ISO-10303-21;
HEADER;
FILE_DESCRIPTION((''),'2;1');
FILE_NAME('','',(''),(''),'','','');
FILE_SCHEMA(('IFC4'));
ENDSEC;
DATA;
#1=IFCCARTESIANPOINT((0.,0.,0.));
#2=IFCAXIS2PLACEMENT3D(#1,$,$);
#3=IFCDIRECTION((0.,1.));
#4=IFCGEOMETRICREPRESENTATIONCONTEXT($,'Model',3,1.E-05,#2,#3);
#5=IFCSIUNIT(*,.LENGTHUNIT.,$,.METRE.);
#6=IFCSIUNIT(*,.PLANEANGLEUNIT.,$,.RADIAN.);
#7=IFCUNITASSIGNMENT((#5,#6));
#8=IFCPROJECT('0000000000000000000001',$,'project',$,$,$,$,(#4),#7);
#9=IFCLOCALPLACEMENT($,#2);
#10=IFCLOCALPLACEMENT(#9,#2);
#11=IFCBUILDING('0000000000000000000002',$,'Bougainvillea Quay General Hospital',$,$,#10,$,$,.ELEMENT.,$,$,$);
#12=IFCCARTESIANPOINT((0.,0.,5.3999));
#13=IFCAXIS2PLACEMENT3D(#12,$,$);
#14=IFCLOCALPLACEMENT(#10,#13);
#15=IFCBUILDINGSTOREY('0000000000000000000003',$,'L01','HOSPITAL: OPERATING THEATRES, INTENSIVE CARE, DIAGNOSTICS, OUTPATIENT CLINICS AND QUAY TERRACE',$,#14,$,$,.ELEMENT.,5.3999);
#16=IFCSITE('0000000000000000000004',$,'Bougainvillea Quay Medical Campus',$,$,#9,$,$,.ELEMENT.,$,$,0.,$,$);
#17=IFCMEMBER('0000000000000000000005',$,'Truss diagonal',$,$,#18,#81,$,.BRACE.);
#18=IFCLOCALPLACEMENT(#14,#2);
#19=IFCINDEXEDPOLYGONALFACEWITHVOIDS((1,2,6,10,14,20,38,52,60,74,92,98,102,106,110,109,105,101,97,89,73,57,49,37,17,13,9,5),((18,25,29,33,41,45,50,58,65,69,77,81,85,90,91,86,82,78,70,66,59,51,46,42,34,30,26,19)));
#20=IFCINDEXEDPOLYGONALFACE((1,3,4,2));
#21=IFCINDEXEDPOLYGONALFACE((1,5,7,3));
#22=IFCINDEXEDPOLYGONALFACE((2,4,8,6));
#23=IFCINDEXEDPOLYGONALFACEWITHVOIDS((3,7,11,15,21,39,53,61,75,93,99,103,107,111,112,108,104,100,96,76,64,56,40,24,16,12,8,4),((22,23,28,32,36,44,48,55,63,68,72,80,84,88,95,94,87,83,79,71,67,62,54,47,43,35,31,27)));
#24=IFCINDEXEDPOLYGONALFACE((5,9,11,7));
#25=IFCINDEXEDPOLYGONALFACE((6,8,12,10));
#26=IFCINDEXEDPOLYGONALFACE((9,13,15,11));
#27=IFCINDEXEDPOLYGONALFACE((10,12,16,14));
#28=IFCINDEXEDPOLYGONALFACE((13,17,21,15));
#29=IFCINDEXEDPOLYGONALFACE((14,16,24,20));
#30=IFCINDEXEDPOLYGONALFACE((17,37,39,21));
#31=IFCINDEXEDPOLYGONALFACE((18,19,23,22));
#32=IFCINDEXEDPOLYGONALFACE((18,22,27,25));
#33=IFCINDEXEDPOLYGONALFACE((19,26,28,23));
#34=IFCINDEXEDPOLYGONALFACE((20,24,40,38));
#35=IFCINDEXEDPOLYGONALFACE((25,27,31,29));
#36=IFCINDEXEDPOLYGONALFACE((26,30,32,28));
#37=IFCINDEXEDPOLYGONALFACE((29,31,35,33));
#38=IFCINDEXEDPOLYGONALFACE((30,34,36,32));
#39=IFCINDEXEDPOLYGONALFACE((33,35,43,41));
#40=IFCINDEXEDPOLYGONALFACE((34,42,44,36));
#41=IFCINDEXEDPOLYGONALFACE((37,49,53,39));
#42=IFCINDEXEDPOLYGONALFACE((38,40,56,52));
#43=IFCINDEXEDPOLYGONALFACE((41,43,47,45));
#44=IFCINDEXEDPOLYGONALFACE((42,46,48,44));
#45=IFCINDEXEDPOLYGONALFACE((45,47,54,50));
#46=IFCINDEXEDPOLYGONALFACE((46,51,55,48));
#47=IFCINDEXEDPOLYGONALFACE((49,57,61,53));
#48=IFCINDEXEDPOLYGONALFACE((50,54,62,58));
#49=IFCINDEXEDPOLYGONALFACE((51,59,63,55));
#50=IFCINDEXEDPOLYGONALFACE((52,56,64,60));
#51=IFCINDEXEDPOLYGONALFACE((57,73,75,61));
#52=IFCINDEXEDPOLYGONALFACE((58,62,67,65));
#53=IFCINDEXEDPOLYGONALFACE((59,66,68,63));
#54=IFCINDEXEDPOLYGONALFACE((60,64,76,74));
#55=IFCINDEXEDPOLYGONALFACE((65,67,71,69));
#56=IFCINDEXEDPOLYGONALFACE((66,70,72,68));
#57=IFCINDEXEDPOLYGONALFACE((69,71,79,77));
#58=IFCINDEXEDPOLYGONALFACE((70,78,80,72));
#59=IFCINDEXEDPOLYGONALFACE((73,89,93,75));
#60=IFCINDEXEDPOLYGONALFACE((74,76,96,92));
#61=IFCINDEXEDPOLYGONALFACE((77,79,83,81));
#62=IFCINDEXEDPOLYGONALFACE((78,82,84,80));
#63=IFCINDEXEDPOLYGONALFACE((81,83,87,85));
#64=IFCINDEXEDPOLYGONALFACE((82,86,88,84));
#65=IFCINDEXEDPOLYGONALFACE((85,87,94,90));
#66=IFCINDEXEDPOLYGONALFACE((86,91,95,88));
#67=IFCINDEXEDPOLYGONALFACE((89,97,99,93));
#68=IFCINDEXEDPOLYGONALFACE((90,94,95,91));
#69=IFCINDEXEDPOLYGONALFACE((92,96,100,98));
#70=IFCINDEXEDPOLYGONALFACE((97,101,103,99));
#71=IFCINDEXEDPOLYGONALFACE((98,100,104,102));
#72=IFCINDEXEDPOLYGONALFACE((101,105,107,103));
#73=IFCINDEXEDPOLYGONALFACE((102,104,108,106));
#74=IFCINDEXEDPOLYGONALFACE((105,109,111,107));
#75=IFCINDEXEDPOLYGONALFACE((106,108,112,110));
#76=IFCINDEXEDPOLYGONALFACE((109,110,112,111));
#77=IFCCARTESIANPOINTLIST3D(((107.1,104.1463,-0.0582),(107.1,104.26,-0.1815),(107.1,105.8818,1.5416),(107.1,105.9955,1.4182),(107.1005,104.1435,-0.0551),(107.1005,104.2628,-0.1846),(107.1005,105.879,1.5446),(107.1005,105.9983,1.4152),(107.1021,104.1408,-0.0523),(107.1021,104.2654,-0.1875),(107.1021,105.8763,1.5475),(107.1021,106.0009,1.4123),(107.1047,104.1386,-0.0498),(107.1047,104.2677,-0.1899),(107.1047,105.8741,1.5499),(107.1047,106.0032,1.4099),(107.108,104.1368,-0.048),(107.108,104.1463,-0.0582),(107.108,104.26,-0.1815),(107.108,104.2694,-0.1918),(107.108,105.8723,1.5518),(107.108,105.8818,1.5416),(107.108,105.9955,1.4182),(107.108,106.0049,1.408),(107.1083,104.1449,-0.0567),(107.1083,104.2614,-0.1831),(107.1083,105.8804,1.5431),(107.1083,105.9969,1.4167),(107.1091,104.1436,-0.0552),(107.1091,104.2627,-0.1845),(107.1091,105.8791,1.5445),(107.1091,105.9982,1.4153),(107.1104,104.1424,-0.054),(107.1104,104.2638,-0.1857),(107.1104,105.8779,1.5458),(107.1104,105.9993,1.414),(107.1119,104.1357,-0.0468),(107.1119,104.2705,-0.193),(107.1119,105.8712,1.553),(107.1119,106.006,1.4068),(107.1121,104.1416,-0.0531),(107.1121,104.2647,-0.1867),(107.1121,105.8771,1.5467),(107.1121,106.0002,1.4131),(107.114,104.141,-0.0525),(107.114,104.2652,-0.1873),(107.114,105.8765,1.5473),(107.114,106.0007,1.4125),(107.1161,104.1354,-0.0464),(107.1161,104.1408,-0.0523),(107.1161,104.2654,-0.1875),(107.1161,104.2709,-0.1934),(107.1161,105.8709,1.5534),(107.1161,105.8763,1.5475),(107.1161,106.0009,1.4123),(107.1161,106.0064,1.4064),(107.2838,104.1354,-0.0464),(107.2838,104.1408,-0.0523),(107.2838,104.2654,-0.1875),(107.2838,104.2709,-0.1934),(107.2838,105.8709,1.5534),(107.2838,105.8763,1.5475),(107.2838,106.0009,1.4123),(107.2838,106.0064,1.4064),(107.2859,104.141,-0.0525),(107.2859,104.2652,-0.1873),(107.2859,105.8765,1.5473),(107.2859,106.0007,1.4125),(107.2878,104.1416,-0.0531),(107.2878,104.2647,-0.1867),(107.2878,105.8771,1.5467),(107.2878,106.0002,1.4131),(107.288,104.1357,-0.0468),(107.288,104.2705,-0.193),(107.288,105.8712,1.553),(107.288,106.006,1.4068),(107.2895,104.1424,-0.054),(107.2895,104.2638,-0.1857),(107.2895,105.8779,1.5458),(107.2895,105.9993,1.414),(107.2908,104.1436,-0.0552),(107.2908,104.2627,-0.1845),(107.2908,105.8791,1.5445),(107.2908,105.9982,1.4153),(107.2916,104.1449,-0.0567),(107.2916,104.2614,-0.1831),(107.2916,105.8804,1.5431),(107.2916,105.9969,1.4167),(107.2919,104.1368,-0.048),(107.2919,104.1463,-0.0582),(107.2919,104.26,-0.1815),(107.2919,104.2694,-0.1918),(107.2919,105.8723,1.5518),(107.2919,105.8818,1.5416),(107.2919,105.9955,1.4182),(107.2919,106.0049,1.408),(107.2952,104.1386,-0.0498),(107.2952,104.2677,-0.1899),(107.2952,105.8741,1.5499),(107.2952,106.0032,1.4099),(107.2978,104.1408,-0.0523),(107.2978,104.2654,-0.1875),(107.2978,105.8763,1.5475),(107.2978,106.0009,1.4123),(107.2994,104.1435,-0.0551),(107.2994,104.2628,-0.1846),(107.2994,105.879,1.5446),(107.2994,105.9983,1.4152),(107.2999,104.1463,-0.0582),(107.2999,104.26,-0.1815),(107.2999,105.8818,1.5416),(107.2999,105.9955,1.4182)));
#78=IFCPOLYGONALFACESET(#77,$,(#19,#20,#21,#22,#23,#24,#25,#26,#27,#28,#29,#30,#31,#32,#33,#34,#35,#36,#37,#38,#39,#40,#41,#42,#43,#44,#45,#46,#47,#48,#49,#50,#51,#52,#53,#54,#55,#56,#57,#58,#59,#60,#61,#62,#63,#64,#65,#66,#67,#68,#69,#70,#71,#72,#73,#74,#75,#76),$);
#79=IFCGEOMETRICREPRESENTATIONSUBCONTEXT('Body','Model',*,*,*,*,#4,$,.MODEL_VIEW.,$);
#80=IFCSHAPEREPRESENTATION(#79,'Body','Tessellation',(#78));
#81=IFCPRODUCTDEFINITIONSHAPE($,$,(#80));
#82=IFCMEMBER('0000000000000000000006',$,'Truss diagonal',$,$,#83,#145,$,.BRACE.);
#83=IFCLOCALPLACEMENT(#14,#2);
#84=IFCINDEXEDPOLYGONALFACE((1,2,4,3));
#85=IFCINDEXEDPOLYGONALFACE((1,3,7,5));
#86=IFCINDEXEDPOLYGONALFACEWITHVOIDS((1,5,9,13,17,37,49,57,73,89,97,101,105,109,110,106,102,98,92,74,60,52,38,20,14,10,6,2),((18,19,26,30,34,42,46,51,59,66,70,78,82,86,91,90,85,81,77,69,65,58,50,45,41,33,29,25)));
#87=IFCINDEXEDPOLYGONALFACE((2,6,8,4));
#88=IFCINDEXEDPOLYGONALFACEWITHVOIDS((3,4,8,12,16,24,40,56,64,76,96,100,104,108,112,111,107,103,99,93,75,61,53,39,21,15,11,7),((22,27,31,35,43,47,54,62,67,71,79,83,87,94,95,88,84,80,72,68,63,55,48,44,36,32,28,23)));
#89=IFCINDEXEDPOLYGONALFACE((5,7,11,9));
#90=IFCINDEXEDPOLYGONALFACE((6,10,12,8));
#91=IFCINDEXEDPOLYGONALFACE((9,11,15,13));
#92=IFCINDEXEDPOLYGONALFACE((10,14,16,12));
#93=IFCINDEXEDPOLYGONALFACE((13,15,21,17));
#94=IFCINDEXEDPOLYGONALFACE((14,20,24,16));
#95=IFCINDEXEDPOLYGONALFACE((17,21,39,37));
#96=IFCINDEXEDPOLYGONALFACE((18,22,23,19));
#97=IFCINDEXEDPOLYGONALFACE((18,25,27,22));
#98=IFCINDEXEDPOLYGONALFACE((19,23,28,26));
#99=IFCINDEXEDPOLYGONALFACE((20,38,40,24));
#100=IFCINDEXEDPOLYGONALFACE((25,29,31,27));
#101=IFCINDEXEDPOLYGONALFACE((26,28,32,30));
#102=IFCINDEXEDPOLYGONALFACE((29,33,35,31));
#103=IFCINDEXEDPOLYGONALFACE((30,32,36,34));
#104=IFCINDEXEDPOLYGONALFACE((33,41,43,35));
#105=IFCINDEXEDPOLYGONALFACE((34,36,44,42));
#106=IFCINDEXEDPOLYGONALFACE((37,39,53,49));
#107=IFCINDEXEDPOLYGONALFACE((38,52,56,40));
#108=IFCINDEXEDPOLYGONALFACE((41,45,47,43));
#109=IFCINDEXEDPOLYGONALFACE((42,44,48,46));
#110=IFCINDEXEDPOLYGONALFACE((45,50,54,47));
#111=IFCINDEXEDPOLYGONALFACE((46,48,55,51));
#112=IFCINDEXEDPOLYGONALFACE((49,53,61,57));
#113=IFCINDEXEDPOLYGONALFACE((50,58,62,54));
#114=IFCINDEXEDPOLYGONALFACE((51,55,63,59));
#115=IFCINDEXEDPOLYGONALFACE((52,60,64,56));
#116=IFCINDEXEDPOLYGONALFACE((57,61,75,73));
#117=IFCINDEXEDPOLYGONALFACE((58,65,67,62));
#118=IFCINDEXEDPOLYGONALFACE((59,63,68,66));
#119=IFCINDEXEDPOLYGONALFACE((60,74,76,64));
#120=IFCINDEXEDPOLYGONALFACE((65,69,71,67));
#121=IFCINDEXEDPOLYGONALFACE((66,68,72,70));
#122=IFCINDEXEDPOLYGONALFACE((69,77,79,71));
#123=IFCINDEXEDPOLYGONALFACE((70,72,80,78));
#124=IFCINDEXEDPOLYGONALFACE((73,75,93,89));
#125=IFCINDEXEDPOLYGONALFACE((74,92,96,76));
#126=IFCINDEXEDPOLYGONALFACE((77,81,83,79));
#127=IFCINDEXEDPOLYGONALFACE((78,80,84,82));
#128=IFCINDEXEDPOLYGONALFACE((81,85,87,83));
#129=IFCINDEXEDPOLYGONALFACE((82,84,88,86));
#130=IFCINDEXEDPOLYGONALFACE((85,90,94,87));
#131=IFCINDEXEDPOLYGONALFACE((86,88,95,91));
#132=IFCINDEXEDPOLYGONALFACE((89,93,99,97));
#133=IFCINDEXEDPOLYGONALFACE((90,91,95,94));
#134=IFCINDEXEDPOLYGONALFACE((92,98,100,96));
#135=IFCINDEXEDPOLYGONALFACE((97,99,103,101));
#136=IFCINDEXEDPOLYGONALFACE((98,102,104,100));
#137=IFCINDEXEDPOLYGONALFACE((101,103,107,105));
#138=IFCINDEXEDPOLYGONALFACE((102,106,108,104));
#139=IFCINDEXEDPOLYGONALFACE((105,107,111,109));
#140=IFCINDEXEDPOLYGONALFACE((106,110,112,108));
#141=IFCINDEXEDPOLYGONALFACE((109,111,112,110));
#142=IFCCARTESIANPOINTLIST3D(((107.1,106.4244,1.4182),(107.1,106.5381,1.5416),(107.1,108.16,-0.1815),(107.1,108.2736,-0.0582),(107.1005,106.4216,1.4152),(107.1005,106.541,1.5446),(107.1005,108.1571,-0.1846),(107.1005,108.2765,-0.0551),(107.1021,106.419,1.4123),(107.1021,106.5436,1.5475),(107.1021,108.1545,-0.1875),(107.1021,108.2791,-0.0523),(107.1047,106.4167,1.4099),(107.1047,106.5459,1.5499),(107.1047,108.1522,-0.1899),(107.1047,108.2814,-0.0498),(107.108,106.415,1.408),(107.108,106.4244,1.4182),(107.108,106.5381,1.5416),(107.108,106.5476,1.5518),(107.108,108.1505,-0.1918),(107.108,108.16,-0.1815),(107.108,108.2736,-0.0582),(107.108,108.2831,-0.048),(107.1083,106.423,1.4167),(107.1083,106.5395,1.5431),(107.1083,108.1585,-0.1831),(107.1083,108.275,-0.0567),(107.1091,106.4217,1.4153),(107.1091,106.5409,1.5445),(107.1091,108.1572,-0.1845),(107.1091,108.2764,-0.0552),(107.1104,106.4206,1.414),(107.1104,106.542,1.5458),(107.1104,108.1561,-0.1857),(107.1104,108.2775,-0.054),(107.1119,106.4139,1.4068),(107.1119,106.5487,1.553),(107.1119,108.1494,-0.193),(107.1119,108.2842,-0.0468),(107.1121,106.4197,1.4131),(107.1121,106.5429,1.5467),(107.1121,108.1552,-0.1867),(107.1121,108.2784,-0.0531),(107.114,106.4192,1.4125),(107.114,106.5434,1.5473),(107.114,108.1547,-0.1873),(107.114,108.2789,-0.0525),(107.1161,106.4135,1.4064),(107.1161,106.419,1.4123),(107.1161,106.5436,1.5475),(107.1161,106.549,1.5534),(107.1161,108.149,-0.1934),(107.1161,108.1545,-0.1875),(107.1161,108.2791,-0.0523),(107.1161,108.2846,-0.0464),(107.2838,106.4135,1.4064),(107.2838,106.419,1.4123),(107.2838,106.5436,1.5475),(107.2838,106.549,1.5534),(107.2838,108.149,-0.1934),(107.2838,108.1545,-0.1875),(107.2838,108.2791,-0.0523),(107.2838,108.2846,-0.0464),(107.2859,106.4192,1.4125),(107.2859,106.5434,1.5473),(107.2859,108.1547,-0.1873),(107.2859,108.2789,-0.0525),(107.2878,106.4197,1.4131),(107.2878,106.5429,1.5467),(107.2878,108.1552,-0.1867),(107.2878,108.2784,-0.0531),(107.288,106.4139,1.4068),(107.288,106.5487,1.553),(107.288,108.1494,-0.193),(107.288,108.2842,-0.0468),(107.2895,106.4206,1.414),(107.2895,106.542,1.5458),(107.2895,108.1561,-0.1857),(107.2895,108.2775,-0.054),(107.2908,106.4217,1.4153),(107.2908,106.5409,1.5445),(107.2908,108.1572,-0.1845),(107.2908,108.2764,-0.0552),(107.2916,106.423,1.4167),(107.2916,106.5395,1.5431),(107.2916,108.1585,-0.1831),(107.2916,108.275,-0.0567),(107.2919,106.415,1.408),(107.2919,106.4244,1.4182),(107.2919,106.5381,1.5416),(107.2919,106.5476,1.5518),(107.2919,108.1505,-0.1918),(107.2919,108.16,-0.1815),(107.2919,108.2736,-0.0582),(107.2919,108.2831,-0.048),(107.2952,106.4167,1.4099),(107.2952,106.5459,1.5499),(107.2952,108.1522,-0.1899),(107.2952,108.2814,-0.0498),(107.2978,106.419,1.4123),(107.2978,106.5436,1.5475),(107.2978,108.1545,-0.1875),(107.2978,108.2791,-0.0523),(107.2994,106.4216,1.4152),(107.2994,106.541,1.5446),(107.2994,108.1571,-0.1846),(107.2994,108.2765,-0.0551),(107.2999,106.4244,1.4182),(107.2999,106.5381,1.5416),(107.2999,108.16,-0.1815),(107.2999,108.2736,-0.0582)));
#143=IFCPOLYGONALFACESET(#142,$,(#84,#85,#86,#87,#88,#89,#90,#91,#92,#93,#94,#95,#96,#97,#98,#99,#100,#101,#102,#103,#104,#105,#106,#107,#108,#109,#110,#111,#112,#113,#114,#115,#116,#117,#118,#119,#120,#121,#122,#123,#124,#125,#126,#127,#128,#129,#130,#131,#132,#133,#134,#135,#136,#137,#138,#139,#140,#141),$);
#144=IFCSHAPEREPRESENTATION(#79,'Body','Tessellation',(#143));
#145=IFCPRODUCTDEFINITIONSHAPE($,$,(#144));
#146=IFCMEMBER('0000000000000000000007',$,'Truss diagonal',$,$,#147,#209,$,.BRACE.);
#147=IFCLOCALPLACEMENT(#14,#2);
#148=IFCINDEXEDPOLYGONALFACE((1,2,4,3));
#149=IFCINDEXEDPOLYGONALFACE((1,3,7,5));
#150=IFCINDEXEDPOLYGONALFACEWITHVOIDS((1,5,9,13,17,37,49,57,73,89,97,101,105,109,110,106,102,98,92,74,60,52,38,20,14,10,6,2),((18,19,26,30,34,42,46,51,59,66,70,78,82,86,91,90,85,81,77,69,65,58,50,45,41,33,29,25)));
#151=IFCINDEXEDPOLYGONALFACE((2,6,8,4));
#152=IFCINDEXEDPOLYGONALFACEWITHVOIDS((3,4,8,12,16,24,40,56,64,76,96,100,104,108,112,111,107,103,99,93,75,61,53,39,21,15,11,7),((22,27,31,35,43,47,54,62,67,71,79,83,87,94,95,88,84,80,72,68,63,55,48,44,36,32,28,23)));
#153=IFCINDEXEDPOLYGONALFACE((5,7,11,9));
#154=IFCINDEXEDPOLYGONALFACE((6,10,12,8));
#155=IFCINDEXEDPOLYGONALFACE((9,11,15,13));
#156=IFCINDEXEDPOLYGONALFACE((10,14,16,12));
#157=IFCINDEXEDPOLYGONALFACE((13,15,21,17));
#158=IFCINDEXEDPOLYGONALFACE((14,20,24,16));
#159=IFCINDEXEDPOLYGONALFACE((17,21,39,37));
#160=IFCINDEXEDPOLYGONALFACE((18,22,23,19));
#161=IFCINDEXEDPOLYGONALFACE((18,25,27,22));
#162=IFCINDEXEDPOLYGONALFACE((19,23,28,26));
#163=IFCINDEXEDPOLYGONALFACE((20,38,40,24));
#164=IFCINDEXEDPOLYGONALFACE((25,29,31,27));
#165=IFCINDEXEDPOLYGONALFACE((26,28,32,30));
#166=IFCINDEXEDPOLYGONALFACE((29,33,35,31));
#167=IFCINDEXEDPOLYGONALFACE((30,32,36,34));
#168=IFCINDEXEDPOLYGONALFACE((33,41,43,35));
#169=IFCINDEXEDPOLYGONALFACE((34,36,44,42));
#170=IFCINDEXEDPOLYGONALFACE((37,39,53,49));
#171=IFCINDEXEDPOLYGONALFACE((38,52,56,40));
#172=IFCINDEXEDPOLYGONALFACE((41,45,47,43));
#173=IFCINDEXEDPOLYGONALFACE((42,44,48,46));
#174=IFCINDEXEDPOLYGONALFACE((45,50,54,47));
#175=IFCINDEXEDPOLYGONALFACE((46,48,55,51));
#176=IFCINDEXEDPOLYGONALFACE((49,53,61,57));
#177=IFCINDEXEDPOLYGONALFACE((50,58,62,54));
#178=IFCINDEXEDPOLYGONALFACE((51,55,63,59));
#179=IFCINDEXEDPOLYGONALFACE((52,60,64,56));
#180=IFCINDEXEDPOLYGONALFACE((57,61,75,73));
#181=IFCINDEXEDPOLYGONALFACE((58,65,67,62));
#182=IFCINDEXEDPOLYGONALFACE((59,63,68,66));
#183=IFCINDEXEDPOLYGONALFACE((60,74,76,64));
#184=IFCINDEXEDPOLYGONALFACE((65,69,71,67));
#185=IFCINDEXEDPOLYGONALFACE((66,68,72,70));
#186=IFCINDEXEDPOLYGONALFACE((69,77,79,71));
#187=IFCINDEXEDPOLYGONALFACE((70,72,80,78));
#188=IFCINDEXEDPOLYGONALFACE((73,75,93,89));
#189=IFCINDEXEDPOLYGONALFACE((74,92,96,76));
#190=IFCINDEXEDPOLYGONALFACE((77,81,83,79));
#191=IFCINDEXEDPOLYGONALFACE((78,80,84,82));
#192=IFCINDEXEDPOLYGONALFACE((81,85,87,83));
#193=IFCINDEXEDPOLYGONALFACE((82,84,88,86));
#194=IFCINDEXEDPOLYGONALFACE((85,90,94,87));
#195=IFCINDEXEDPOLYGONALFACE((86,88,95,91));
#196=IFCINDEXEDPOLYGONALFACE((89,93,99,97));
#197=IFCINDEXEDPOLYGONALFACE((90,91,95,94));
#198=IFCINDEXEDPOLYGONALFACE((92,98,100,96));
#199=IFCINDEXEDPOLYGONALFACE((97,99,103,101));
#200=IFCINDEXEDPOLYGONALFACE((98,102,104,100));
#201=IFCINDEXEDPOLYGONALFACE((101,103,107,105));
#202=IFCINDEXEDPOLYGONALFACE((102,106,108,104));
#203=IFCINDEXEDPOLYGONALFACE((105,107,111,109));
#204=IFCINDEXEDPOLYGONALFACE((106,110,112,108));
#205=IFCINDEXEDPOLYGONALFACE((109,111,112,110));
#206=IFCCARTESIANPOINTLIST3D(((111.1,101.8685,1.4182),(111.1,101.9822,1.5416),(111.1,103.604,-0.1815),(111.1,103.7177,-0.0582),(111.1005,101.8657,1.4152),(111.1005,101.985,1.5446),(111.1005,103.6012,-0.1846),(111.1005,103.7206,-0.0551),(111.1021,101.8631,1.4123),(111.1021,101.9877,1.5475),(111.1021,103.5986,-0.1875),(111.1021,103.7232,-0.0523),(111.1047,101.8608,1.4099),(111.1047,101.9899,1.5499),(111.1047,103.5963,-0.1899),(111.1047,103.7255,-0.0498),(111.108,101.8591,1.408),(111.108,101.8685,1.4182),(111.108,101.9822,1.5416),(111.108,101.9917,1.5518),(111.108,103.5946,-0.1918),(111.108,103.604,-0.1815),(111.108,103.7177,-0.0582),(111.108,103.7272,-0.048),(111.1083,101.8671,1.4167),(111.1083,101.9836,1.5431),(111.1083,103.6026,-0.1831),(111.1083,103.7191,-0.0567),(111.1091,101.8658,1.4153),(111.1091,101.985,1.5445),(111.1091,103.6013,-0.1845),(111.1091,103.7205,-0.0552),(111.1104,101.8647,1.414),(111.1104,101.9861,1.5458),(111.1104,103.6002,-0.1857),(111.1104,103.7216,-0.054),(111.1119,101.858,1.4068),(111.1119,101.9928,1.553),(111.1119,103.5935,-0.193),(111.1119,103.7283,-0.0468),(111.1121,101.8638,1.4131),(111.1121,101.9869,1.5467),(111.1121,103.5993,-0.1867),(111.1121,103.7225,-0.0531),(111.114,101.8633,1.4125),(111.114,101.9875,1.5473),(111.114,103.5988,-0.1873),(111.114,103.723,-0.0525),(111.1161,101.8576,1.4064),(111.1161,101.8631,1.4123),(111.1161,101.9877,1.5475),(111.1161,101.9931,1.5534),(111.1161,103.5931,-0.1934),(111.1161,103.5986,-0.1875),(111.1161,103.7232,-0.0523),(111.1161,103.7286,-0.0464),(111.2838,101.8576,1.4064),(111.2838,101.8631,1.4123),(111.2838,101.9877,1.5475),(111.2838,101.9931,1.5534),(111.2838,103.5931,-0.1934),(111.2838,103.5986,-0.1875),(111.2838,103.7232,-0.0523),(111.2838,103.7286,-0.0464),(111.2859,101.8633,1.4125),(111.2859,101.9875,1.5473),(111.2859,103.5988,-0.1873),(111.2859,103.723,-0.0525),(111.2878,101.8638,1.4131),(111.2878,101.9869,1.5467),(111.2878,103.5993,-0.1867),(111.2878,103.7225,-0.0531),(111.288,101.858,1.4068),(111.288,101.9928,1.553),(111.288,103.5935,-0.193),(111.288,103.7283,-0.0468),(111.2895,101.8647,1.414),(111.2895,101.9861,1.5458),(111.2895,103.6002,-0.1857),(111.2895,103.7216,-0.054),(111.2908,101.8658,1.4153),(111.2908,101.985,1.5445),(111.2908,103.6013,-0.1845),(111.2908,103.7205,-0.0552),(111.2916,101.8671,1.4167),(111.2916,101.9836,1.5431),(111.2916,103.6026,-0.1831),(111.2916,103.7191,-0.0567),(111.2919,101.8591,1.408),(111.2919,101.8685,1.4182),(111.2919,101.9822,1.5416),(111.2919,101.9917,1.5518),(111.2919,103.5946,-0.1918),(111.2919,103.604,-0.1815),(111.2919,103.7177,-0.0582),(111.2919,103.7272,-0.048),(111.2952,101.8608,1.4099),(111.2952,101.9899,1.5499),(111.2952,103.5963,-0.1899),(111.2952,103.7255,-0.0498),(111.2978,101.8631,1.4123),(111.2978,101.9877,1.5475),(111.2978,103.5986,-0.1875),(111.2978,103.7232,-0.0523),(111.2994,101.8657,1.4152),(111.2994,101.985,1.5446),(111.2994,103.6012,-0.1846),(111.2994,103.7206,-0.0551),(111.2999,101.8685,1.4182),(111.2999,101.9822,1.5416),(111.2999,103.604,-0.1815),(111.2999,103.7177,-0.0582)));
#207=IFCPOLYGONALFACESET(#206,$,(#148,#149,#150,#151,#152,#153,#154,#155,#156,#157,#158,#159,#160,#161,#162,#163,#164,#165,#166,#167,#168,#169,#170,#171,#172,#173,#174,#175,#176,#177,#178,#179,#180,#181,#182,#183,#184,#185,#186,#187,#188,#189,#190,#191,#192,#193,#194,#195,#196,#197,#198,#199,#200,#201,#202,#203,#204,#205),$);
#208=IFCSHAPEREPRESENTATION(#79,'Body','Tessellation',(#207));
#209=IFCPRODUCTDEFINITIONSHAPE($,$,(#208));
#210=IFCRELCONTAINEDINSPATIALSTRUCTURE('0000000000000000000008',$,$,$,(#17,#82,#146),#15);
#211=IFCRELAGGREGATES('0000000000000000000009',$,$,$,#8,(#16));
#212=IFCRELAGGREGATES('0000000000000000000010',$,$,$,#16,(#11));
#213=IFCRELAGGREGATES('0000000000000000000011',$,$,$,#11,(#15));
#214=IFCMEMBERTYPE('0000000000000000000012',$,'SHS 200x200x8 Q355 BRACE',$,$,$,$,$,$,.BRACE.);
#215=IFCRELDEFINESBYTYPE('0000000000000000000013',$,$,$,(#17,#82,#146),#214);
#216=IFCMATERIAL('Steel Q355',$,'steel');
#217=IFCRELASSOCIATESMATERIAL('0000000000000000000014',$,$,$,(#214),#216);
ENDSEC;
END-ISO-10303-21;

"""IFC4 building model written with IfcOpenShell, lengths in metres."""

from ifc_helpers import new_model, si_unit, direction, frame, origin, origin_2d, place, context, subcontext, project, spatial, hollow_rectangle, extrude, material, material_profile, profile_set, type_object, element, save


model = new_model("IFC4")

# Units and contexts
model_context = context("Model", 3, precision=1e-05, world=origin(), true_north=direction((0.0, 1.0)))
body_context = subcontext(model_context, "Body", "Model", "MODEL_VIEW")
ifc_project = project(units=[si_unit("LENGTHUNIT", "METRE"), si_unit("PLANEANGLEUNIT", "RADIAN")], contexts=[model_context])

# Site, building, storey
site_placement = place(None, origin())
site = spatial("IfcSite", under=ifc_project, at=site_placement, Name="Bougainvillea Quay Medical Campus", CompositionType="ELEMENT", RefElevation=0.0)
building_placement = place(site_placement, origin())
building = spatial("IfcBuilding", under=site, at=building_placement, Name="Bougainvillea Quay General Hospital", CompositionType="ELEMENT")
storey_placement = place(building_placement, frame((0.0, 0.0, 5.3999)))
storey = spatial("IfcBuildingStorey", under=building, at=storey_placement, Name="L01", Description="HOSPITAL: OPERATING THEATRES, INTENSIVE CARE, DIAGNOSTICS, OUTPATIENT CLINICS AND QUAY TERRACE", CompositionType="ELEMENT", Elevation=5.3999)

# Members
ifc_material = material(Name="Steel Q355", Category="steel")
ifc_material_profile_1 = material_profile(ifc_material, hollow_rectangle(XDim=0.2, YDim=0.2, WallThickness=0.0081, InnerFilletRadius=0.0081, OuterFilletRadius=0.0161, at=origin_2d()))
ifc_profile_set_1 = profile_set([ifc_material_profile_1], Name="Steel Q355")
member_type_1 = type_object("IfcMemberType", Name="SHS 200x200x8 Q355 BRACE", PredefinedType="BRACE", material=ifc_profile_set_1)
for number, where, z_axis, x_axis, name in (
    (1, (107.2, 104.2031, -0.1199), (0.0, 0.735275, 0.677769), (-1.0, 0.0, 0.0), "Truss diagonal"),
    (2, (107.2, 108.2168, -0.1199), (0.0, -0.735275, 0.677769), (1.0, 0.0, 0.0), "Truss diagonal"),
    (3, (111.2, 103.6609, -0.1199), (0.0, -0.735275, 0.677769), (1.0, 0.0, 0.0), "Truss diagonal"),
):
    element("IfcMember", number, at=place(storey_placement, frame(where, z_axis=z_axis, x_axis=x_axis)), inside=storey, type_object=member_type_1, Name=name, PredefinedType="BRACE", context=body_context, shape_type="SweptSolid", body=[
        extrude(hollow_rectangle(XDim=0.2, YDim=0.2, WallThickness=0.0081, InnerFilletRadius=0.0081, OuterFilletRadius=0.0161, at=origin_2d()), origin(), (0.0, 0.0, 1.0), 2.3604),
    ])

save(model, "model.ifc")
